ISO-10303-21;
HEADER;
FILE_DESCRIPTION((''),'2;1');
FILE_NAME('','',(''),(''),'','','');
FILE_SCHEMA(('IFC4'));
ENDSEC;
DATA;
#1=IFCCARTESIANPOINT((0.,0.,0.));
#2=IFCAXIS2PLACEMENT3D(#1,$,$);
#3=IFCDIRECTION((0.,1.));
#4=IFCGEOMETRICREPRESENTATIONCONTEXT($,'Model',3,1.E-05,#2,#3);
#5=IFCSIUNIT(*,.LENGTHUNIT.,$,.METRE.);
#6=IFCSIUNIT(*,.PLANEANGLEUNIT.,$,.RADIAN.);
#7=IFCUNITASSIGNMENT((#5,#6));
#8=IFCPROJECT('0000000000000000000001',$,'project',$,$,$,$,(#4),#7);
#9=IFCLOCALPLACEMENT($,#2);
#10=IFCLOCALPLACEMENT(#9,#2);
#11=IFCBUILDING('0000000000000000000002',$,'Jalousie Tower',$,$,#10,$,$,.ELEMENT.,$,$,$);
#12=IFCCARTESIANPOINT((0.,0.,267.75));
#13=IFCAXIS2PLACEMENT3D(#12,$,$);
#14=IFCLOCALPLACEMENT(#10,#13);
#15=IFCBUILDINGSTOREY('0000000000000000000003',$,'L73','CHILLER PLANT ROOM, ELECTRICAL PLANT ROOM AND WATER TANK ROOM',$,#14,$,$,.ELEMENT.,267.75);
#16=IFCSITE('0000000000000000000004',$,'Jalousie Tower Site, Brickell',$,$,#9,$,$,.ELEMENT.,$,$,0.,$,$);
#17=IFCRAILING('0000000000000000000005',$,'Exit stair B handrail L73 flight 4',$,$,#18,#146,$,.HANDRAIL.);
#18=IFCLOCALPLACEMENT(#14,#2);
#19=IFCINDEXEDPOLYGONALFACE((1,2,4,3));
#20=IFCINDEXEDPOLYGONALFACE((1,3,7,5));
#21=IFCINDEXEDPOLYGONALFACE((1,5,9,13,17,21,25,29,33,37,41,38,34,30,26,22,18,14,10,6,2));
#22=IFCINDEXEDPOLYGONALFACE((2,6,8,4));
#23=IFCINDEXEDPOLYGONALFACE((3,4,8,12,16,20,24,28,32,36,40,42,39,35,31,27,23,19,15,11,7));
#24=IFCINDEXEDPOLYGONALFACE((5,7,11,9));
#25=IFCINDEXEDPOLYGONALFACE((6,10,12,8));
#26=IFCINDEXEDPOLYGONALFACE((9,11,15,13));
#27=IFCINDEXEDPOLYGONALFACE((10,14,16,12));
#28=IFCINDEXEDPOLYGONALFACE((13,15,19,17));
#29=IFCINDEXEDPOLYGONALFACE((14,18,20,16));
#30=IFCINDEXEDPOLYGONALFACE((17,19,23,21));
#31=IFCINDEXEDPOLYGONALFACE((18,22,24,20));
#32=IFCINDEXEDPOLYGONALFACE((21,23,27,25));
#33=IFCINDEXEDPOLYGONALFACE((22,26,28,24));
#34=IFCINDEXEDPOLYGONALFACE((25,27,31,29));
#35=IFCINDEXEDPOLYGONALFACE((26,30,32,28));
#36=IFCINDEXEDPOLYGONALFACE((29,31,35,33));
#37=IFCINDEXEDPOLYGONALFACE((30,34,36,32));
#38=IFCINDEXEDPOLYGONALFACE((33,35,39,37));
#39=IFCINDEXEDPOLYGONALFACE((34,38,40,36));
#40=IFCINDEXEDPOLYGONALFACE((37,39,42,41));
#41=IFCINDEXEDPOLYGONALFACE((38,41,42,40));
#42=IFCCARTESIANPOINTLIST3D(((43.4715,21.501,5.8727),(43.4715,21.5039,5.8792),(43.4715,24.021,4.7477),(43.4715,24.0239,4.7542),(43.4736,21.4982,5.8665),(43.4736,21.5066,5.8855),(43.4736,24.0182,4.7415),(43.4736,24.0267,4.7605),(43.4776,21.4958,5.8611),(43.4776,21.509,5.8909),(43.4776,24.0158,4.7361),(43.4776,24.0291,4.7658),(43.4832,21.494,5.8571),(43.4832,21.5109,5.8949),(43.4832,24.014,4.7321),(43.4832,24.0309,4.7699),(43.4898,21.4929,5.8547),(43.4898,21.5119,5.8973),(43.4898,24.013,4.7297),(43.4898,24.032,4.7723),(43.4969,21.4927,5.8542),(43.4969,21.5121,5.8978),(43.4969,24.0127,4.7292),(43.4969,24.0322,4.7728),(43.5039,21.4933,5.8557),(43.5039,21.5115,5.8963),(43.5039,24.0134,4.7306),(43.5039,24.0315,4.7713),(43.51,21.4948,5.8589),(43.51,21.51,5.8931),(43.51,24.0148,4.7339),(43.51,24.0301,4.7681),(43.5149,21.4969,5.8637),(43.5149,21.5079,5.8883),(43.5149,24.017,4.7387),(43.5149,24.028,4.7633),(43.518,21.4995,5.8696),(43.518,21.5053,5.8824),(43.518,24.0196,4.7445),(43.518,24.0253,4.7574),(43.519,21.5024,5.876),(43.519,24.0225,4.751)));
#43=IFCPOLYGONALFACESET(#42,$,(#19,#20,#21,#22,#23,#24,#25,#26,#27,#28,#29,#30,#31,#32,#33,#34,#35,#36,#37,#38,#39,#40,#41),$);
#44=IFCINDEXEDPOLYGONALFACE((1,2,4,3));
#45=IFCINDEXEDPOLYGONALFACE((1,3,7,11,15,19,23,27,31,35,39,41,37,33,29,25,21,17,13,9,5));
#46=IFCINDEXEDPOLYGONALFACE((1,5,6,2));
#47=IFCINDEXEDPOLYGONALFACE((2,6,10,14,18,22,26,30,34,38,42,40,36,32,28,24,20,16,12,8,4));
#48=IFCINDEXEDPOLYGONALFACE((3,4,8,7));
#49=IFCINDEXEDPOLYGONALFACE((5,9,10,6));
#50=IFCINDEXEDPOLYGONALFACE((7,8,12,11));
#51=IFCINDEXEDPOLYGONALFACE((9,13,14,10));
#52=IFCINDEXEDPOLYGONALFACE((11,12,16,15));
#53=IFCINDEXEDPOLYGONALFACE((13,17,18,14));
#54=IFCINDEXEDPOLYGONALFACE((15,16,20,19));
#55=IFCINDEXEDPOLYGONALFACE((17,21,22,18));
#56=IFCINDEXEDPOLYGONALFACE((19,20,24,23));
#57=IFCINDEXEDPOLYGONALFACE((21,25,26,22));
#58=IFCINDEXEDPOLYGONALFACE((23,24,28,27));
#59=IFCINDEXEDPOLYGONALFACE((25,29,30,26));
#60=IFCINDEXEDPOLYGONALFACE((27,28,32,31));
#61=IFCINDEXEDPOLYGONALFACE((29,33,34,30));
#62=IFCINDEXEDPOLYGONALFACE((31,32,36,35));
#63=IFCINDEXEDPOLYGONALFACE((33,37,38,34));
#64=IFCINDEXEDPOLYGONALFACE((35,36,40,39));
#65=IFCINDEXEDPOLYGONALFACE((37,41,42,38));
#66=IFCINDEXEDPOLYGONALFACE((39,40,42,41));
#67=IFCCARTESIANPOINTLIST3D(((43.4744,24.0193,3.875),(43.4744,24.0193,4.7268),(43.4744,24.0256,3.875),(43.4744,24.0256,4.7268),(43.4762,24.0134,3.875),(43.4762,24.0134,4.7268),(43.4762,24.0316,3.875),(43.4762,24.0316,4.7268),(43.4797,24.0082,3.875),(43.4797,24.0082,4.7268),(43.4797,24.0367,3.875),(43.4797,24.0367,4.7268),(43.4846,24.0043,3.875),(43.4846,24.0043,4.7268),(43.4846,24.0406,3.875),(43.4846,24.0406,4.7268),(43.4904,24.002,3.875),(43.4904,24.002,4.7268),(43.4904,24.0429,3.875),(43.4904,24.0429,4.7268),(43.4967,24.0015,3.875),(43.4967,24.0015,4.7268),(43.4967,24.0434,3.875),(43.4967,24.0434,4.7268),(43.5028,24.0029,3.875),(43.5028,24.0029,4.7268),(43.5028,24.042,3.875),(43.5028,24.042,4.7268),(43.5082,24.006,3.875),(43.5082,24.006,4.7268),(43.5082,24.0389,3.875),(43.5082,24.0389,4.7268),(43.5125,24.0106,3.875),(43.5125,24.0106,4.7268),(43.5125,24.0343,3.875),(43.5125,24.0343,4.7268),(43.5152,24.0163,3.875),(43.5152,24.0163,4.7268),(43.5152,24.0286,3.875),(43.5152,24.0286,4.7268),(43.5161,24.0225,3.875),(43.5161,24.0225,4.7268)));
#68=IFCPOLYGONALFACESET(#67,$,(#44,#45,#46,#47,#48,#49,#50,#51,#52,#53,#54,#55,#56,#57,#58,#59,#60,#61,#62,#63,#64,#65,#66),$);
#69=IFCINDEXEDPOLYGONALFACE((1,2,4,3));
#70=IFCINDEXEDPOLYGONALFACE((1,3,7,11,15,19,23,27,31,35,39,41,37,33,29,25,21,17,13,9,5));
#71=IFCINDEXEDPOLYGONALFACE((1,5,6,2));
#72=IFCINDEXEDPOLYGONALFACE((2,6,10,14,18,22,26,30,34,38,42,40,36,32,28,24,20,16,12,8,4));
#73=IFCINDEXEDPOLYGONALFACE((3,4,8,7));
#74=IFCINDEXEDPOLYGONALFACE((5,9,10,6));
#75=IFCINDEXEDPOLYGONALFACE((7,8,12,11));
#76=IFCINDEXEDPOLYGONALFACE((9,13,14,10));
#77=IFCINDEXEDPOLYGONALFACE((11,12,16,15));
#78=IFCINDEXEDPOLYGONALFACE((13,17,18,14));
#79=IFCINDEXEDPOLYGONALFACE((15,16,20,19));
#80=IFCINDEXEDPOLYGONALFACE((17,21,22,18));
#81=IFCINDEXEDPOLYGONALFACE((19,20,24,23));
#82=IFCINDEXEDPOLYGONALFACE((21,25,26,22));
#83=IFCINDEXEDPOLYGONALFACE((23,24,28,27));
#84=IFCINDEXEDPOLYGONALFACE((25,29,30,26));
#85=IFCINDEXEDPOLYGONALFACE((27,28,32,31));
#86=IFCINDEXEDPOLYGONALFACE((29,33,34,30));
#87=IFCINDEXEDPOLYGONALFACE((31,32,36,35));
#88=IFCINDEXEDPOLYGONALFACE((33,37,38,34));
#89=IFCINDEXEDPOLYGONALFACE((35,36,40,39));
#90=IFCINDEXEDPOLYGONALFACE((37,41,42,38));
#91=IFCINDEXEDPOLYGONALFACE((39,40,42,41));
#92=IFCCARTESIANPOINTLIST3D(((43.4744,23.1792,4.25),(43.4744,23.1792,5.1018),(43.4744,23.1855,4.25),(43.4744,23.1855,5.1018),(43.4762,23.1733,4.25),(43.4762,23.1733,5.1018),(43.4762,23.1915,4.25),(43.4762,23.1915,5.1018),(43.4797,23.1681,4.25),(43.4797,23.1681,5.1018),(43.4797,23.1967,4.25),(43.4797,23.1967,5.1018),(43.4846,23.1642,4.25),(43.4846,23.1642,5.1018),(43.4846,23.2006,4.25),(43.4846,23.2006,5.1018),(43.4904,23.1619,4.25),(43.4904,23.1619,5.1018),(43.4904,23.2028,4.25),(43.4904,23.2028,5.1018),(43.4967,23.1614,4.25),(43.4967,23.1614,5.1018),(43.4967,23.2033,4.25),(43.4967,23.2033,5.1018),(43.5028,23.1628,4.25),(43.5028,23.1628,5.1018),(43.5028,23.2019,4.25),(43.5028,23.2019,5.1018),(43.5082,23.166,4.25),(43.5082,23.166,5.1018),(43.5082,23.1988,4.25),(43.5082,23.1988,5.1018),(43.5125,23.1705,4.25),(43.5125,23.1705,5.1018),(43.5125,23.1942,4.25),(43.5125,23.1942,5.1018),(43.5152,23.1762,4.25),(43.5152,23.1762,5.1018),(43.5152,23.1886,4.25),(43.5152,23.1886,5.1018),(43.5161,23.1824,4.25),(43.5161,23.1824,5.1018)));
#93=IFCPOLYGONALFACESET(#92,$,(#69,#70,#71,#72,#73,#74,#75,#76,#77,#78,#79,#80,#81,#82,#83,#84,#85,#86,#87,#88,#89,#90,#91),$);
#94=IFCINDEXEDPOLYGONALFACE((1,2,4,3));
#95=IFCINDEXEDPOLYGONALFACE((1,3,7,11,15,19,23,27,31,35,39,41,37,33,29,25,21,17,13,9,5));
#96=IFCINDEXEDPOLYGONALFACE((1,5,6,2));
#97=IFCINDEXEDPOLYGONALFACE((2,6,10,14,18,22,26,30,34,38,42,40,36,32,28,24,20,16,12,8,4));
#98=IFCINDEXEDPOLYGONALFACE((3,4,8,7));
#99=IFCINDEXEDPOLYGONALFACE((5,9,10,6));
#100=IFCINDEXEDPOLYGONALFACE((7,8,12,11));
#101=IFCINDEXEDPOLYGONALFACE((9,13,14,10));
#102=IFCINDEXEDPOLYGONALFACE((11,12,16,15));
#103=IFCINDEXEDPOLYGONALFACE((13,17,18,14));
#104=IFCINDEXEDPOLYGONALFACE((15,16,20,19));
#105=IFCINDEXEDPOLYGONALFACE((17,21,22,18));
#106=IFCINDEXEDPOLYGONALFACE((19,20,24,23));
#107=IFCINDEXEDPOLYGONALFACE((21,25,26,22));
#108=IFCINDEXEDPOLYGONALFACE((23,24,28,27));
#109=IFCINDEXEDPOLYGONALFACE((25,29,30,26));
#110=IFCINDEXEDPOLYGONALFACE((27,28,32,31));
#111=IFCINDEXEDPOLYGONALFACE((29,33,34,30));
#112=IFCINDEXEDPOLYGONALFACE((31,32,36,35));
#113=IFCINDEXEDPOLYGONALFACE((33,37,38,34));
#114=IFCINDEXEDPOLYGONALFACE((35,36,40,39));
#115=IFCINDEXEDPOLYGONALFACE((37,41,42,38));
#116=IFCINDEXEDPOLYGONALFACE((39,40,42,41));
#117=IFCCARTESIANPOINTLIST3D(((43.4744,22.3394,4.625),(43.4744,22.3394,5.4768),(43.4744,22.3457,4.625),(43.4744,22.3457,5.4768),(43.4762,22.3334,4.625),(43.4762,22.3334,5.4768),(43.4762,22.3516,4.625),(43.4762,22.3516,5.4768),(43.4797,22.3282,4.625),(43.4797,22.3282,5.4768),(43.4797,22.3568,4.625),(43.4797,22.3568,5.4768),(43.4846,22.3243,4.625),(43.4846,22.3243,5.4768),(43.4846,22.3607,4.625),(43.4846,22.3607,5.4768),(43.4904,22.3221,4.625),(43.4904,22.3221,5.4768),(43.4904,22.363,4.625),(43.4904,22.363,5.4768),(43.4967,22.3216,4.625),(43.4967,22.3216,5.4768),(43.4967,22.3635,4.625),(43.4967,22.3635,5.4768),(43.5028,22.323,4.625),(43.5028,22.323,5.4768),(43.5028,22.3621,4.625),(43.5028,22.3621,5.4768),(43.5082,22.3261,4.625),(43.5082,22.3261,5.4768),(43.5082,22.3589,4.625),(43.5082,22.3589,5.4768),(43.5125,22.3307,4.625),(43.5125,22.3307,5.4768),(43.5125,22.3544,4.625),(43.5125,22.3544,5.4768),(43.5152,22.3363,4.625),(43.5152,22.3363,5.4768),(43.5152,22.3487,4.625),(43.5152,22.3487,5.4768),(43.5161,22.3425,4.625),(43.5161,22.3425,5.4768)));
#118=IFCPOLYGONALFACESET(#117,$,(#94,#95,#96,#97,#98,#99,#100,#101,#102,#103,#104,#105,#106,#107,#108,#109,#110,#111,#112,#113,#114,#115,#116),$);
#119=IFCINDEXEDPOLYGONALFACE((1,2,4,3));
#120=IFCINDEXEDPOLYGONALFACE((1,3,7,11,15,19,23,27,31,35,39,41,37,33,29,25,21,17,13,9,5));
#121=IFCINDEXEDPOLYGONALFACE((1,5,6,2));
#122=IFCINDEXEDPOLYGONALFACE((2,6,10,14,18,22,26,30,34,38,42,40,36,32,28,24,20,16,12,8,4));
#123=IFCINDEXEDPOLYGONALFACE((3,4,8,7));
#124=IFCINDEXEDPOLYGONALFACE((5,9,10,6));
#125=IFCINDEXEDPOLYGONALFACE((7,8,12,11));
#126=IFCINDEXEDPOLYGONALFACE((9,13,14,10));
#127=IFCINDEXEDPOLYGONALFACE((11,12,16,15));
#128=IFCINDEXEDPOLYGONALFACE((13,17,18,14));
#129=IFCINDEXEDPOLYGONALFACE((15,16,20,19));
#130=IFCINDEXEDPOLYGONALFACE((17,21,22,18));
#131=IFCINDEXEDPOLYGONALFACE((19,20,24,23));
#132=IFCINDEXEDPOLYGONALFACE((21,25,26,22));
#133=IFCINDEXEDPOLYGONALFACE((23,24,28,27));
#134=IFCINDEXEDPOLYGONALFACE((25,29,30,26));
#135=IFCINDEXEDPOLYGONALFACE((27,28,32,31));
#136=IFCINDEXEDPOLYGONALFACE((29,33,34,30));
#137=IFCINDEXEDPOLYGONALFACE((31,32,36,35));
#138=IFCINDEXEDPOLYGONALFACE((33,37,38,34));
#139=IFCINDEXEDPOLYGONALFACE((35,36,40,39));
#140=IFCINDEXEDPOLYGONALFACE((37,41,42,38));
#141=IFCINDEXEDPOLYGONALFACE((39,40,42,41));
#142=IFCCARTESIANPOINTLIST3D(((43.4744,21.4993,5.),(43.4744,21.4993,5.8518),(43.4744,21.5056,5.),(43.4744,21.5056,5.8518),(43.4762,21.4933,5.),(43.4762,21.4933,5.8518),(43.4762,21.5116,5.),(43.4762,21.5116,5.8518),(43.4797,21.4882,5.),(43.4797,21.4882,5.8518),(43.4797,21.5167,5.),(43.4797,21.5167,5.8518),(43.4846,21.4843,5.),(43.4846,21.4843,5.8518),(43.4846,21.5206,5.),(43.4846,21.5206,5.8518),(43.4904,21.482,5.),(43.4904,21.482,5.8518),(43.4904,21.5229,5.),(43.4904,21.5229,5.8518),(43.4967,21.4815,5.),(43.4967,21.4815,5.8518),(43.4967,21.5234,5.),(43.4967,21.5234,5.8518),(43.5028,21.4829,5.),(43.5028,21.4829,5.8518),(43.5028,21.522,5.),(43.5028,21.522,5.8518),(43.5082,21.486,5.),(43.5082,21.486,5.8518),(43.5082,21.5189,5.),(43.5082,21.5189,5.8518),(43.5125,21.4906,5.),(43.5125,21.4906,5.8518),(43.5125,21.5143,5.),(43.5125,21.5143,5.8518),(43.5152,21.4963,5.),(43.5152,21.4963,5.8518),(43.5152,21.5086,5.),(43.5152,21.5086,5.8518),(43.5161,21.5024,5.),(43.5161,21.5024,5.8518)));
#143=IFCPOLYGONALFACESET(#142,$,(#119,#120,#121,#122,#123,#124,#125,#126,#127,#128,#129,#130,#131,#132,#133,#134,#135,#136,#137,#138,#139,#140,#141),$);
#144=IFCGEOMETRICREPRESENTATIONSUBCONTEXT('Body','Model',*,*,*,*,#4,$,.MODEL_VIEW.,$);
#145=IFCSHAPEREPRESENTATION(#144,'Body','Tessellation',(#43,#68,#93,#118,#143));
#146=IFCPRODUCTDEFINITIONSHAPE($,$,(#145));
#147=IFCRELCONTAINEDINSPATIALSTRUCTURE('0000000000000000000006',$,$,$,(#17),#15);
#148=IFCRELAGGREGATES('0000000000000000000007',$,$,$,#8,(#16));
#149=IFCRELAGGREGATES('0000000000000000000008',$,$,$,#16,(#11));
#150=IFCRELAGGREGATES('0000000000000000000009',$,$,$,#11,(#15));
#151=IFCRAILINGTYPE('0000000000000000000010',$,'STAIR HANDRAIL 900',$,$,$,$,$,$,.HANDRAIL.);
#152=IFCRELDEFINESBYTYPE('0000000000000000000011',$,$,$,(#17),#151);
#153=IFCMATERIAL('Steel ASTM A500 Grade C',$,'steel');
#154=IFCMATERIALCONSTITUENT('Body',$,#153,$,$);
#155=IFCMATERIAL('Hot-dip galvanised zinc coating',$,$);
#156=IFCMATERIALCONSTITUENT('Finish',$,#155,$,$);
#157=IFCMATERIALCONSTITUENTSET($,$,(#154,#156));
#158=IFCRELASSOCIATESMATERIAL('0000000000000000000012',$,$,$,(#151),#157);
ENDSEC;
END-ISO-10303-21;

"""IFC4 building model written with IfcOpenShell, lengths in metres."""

from ifc_helpers import new_model, si_unit, direction, frame, origin, origin_2d, place, context, subcontext, project, spatial, circle, extrude, material, constituent, constituent_set, type_object, element, save


model = new_model("IFC4")

# Units and contexts
model_context = context("Model", 3, precision=1e-05, world=origin(), true_north=direction((0.0, 1.0)))
body_context = subcontext(model_context, "Body", "Model", "MODEL_VIEW")
ifc_project = project(units=[si_unit("LENGTHUNIT", "METRE"), si_unit("PLANEANGLEUNIT", "RADIAN")], contexts=[model_context])

# Site, building, storey
site_placement = place(None, origin())
site = spatial("IfcSite", under=ifc_project, at=site_placement, Name="Jalousie Tower Site, Brickell", CompositionType="ELEMENT", RefElevation=0.0)
building_placement = place(site_placement, origin())
building = spatial("IfcBuilding", under=site, at=building_placement, Name="Jalousie Tower", CompositionType="ELEMENT")
storey_placement = place(building_placement, frame((0.0, 0.0, 267.75)))
storey = spatial("IfcBuildingStorey", under=building, at=storey_placement, Name="L73", Description="CHILLER PLANT ROOM, ELECTRICAL PLANT ROOM AND WATER TANK ROOM", CompositionType="ELEMENT", Elevation=267.75)

# Railing
ifc_material_1 = material(Name="Steel ASTM A500 Grade C", Category="steel")
ifc_constituent_1 = constituent(ifc_material_1, Name="Body")
ifc_material_2 = material(Name="Hot-dip galvanised zinc coating")
ifc_constituent_2 = constituent(ifc_material_2, Name="Finish")
ifc_constituent_set_1 = constituent_set(constituents=[ifc_constituent_1, ifc_constituent_2])
railing_type_1 = type_object("IfcRailingType", Name="STAIR HANDRAIL 900", PredefinedType="HANDRAIL", material=ifc_constituent_set_1)
railing_1_placement = place(storey_placement, frame((43.4951, 24.0225, 3.875)))
element("IfcRailing", 1, at=railing_1_placement, inside=storey, type_object=railing_type_1, Name="Exit stair B handrail L73 flight 4", PredefinedType="HANDRAIL", context=body_context, shape_type="SweptSolid", body=[
    extrude(circle(Radius=0.0239, at=origin_2d()), frame((0.0, 0.0, 0.876), z_axis=(0.0, -0.913139, 0.407648), x_axis=(1.0, 0.0, 0.0)), (0.0, 0.0, 1.0), 2.7598),
    extrude(circle(Radius=0.021, at=origin_2d()), origin(), (0.0, 0.0, 1.0), 0.8518),
    extrude(circle(Radius=0.021, at=origin_2d()), frame((0.0, -0.8401, 0.375)), (0.0, 0.0, 1.0), 0.8518),
    extrude(circle(Radius=0.021, at=origin_2d()), frame((0.0, -1.6799, 0.75)), (0.0, 0.0, 1.0), 0.8518),
    extrude(circle(Radius=0.021, at=origin_2d()), frame((0.0, -2.52, 1.125)), (0.0, 0.0, 1.0), 0.8518),
])

save(model, "model.ifc")
